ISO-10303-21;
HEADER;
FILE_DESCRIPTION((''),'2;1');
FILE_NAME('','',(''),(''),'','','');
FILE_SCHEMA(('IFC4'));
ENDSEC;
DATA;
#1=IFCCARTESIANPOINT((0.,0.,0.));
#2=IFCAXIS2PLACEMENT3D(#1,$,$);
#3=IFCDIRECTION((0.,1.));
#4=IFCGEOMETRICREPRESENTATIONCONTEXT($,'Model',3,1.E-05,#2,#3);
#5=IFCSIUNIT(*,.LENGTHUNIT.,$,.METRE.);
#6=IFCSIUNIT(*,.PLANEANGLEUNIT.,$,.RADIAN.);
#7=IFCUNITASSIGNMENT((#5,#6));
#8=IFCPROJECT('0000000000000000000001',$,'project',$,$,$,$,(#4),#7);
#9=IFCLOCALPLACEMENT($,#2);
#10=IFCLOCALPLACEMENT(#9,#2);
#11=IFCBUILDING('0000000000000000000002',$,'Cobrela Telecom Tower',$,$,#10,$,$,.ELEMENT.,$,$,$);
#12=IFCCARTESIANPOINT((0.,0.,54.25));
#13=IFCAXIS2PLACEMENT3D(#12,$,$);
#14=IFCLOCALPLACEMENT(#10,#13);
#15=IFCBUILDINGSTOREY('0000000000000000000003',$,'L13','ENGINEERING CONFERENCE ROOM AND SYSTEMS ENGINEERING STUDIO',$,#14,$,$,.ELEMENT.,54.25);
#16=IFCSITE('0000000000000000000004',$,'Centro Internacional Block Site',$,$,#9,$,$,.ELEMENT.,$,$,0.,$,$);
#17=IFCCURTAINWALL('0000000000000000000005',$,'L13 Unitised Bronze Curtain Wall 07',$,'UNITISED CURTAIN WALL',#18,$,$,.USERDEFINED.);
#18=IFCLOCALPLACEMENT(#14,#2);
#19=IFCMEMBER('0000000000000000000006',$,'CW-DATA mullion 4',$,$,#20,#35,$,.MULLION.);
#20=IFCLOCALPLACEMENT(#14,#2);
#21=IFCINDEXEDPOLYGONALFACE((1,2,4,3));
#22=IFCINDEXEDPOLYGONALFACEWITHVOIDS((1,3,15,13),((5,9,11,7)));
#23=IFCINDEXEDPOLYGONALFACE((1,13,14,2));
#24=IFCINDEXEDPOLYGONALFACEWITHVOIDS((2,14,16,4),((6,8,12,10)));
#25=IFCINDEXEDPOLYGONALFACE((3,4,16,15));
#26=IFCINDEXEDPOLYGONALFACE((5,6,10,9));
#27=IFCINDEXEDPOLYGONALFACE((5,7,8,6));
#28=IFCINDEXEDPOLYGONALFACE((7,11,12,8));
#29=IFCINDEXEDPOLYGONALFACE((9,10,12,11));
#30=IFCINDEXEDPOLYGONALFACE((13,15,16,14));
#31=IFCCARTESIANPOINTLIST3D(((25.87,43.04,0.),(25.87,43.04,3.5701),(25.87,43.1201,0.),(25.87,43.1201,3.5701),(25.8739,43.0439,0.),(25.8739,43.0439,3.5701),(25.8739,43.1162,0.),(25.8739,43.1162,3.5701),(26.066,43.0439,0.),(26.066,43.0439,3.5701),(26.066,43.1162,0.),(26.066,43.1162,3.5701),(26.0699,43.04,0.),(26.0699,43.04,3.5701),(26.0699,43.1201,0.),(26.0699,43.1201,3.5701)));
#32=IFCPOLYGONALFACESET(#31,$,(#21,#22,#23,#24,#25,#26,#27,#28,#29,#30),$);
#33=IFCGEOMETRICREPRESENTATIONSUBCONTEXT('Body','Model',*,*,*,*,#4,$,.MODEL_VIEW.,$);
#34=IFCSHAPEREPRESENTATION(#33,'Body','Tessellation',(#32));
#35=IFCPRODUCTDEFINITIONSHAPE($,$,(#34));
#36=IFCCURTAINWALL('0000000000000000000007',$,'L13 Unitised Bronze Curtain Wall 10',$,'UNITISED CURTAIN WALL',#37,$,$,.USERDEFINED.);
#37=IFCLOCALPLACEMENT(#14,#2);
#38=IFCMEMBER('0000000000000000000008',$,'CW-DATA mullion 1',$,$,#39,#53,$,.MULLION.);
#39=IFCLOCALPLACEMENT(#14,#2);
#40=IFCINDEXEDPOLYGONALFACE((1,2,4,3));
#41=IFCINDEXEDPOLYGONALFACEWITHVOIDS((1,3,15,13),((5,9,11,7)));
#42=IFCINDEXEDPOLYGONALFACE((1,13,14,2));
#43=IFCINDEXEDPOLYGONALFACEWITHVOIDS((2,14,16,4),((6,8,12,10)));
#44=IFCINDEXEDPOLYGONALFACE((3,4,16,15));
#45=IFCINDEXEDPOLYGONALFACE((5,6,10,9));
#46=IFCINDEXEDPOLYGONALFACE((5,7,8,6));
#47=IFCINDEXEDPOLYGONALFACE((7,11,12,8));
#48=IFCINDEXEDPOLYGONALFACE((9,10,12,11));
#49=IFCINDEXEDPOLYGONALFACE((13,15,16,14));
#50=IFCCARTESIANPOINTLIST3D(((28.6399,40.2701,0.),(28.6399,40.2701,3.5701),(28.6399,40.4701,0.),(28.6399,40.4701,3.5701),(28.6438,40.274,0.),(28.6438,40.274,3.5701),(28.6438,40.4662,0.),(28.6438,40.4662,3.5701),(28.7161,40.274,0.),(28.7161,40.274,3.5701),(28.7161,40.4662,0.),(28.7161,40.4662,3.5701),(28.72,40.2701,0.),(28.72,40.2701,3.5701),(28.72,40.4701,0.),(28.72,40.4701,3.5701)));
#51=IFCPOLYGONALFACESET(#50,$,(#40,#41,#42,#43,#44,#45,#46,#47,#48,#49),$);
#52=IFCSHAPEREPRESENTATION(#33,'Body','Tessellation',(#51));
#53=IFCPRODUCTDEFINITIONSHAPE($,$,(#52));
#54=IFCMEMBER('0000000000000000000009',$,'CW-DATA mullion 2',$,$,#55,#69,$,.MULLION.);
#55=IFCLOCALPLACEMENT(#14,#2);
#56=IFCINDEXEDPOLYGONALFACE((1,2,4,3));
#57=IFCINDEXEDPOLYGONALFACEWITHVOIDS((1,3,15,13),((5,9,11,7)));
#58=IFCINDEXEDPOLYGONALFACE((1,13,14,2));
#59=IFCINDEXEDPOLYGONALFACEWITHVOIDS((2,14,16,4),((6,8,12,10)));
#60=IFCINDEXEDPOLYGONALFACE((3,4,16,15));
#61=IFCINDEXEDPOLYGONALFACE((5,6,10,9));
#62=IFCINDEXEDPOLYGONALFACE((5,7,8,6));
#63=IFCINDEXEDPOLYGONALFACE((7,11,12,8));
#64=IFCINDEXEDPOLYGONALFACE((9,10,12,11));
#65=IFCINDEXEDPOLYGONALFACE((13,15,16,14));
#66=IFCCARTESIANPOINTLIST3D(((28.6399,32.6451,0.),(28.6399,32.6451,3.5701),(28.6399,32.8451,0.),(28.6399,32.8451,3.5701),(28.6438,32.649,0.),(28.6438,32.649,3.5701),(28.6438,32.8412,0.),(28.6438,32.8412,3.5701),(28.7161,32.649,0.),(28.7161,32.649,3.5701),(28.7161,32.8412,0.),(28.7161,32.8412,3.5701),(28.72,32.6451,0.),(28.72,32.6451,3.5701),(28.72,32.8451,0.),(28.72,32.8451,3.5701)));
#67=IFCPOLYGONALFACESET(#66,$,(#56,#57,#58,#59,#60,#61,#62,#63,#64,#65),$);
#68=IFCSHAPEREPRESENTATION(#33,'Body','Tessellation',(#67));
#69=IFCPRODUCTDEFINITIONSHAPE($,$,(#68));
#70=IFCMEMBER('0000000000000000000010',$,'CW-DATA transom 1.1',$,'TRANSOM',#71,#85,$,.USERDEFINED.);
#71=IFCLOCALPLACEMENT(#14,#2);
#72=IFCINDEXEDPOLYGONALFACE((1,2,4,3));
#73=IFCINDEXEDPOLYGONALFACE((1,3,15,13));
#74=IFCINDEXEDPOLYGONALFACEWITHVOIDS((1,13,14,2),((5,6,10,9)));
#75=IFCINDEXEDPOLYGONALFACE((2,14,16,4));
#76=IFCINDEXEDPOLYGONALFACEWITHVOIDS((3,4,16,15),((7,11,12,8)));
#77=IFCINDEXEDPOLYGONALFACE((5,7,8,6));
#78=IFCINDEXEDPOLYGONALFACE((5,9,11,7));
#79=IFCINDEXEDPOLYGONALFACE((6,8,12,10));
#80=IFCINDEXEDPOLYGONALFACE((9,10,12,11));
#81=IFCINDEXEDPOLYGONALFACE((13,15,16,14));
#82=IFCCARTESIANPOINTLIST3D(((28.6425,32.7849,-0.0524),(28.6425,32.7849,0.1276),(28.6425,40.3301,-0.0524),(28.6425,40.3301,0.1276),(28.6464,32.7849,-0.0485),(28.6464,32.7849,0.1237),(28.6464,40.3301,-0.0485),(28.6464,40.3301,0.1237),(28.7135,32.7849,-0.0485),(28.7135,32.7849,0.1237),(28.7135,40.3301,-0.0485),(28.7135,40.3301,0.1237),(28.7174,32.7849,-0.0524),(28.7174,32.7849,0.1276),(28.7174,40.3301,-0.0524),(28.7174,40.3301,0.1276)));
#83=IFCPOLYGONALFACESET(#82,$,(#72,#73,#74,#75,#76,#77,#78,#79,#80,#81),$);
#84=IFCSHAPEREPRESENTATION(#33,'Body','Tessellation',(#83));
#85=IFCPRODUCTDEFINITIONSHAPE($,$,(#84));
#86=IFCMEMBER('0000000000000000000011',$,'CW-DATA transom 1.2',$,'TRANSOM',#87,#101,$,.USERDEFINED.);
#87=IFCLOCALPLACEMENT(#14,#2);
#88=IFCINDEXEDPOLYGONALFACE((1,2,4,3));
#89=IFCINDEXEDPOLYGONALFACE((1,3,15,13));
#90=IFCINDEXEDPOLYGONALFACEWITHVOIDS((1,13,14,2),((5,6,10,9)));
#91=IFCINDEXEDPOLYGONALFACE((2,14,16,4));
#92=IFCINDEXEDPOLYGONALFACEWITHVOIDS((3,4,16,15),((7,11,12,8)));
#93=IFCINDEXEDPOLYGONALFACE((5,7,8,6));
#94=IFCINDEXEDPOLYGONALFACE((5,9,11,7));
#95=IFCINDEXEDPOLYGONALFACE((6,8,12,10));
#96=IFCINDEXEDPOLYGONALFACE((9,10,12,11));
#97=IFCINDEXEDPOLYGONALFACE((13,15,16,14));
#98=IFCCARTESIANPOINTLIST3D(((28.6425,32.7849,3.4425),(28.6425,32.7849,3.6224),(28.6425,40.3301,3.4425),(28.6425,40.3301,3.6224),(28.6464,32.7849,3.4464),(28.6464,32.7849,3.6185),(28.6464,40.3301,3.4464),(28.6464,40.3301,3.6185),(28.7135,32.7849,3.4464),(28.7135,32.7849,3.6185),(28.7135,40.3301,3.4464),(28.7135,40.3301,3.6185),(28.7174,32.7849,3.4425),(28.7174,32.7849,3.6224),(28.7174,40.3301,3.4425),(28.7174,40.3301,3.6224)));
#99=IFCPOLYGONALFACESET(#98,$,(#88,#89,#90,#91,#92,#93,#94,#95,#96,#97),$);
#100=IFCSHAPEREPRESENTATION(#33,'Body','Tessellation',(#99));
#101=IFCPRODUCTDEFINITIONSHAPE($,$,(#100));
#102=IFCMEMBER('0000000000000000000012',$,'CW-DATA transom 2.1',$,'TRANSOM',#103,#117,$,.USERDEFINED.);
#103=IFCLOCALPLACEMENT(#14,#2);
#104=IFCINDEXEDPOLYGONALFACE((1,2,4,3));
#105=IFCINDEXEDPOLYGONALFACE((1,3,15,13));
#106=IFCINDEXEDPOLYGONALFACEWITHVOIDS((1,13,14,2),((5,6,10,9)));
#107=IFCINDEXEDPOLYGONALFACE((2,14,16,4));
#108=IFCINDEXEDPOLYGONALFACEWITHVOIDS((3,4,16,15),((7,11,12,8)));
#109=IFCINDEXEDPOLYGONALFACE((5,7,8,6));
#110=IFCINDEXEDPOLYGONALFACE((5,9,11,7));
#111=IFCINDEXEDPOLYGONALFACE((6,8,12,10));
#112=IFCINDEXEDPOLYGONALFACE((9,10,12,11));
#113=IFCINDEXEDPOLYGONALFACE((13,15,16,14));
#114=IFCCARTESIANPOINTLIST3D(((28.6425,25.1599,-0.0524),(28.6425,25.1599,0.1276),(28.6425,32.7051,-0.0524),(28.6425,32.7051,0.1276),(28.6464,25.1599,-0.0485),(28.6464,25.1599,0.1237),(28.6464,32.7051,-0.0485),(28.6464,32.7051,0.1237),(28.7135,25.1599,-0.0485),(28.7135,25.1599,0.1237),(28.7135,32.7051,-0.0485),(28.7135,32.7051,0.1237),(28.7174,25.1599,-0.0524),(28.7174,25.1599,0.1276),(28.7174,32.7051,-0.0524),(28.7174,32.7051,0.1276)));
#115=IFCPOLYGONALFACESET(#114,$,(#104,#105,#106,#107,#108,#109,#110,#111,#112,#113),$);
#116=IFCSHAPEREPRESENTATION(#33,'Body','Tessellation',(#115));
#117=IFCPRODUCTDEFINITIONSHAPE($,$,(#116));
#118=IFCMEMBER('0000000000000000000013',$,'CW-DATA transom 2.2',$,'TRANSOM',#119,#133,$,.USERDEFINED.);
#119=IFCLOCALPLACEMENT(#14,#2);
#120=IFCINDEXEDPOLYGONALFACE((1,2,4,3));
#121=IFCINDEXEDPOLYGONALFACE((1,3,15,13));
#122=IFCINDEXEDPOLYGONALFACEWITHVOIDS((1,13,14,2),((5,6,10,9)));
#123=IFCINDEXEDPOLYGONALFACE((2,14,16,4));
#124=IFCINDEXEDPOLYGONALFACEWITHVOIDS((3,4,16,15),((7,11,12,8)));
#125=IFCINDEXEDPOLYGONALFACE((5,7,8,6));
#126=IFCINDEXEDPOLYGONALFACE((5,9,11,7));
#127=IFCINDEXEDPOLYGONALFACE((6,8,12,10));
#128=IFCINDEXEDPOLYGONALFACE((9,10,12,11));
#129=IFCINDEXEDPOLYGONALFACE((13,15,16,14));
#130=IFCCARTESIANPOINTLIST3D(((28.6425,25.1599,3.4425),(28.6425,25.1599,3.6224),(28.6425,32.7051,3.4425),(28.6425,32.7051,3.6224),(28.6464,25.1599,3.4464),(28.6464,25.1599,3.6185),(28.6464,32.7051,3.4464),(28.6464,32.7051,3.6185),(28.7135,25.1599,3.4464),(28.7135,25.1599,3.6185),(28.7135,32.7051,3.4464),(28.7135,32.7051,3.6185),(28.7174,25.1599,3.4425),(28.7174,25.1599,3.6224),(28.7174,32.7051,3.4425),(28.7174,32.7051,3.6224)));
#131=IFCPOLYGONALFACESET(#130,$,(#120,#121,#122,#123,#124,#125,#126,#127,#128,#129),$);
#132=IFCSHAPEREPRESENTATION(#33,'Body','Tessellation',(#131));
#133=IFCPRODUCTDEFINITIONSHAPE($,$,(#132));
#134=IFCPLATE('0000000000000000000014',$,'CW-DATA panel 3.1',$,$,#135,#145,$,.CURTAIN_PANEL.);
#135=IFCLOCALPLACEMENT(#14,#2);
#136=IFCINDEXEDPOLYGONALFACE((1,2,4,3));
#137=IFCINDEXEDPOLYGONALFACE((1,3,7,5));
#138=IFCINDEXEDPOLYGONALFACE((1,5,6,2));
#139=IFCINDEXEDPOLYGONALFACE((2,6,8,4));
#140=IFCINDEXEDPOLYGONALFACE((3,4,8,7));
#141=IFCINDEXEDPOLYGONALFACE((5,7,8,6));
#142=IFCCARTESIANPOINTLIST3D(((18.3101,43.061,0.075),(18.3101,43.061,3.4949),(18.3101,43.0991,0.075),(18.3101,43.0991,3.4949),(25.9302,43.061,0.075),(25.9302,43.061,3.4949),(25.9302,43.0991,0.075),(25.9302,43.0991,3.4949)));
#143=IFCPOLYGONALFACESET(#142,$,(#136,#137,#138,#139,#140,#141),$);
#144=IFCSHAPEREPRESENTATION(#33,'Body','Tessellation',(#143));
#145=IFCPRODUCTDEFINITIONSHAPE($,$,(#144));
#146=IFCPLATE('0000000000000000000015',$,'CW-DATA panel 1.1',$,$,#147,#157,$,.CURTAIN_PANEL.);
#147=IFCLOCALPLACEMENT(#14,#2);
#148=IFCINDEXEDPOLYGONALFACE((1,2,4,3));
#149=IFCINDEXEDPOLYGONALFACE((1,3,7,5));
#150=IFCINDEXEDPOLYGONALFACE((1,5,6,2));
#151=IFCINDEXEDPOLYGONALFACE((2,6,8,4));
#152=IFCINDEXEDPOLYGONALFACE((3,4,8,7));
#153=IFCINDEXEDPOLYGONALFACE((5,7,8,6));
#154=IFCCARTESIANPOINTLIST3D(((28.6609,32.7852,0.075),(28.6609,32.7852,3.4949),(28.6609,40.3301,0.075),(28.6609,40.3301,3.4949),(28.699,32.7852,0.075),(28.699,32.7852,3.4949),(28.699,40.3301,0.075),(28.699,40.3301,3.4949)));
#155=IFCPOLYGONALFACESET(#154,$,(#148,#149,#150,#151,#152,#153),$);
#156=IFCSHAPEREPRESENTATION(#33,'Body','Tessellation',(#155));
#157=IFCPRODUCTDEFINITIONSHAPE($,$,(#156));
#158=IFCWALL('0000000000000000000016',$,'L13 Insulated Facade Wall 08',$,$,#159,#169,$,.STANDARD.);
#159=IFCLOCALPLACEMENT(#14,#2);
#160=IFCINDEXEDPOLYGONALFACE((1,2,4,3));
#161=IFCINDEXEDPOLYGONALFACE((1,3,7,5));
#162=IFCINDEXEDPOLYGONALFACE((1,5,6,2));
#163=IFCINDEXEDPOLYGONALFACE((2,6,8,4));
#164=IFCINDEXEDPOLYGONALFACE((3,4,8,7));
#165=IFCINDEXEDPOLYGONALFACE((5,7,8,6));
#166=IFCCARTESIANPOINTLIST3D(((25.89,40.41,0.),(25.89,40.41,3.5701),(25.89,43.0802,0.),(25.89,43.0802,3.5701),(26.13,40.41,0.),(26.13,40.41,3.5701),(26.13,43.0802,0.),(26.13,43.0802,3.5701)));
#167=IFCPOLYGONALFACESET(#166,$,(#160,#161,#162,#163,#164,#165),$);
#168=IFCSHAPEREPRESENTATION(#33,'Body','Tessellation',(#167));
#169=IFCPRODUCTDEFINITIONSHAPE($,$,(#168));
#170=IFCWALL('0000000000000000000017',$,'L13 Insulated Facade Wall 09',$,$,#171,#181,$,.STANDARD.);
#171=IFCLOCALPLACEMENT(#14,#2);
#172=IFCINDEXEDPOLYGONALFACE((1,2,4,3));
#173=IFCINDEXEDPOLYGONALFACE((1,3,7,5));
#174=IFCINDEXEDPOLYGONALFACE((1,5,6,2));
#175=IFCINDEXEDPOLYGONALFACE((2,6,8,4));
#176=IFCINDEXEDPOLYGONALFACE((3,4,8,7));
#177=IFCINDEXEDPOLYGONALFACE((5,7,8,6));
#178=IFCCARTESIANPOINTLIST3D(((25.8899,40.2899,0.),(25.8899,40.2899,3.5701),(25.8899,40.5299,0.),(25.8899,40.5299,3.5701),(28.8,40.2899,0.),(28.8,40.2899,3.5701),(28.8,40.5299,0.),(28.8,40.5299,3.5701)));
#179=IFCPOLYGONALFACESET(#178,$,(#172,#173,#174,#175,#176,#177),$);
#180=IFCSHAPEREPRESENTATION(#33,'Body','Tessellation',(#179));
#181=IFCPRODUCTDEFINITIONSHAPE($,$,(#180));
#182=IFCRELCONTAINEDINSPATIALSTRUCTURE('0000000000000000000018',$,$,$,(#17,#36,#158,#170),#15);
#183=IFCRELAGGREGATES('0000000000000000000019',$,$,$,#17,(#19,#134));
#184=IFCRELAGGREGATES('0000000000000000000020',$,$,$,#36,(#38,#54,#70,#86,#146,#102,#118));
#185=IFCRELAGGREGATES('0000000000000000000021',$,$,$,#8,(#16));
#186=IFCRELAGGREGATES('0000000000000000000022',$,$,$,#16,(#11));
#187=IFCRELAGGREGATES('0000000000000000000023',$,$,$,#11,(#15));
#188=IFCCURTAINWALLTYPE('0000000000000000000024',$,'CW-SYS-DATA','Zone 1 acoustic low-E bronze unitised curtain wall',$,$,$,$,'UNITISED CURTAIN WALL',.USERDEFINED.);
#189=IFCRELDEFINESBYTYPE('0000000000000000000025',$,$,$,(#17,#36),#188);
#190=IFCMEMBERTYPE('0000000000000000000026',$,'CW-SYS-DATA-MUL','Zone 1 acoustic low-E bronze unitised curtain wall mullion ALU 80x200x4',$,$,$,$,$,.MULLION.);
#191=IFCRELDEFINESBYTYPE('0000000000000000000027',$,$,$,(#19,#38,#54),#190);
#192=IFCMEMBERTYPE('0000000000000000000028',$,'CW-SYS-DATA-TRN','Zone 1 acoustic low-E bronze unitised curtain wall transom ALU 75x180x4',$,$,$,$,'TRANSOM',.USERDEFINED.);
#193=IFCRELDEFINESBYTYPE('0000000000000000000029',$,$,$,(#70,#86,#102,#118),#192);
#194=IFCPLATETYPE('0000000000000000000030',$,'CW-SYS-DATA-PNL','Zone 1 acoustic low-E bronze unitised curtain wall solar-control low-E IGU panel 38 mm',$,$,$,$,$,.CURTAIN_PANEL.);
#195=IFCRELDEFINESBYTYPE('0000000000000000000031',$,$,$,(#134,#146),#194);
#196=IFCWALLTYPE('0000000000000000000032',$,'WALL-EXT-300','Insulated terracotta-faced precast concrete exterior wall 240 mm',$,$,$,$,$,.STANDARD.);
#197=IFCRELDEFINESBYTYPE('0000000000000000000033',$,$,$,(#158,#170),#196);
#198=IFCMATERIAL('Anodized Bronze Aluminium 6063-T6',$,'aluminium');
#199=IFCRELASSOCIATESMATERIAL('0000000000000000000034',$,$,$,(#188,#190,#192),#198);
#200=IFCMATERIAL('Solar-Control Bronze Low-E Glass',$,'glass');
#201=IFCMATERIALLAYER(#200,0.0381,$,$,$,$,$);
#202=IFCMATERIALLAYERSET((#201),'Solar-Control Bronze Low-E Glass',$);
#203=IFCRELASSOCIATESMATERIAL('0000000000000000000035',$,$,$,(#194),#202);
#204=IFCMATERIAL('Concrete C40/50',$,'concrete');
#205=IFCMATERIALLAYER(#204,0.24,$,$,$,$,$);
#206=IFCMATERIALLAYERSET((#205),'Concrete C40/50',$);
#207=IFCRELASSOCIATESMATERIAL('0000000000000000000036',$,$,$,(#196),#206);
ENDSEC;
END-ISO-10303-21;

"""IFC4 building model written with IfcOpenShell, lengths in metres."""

from ifc_helpers import new_model, si_unit, direction, frame, frame_2d, origin, origin_2d, place, context, subcontext, project, spatial, rectangle, hollow_rectangle, extrude, material, layer, layer_set, material_profile, profile_set, type_object, element, aggregate, save


model = new_model("IFC4")

# Units and contexts
model_context = context("Model", 3, precision=1e-05, world=origin(), true_north=direction((0.0, 1.0)))
body_context = subcontext(model_context, "Body", "Model", "MODEL_VIEW")
ifc_project = project(units=[si_unit("LENGTHUNIT", "METRE"), si_unit("PLANEANGLEUNIT", "RADIAN")], contexts=[model_context])

# Site, building, storey
site_placement = place(None, origin())
site = spatial("IfcSite", under=ifc_project, at=site_placement, Name="Centro Internacional Block Site", CompositionType="ELEMENT", RefElevation=0.0)
building_placement = place(site_placement, origin())
building = spatial("IfcBuilding", under=site, at=building_placement, Name="Cobrela Telecom Tower", CompositionType="ELEMENT")
storey_placement = place(building_placement, frame((0.0, 0.0, 54.25)))
storey = spatial("IfcBuildingStorey", under=building, at=storey_placement, Name="L13", Description="ENGINEERING CONFERENCE ROOM AND SYSTEMS ENGINEERING STUDIO", CompositionType="ELEMENT", Elevation=54.25)

# Curtain wall, member
ifc_material_1 = material(Name="Anodized Bronze Aluminium 6063-T6", Category="aluminium")
curtain_wall_type = type_object("IfcCurtainWallType", Name="CW-SYS-DATA", Description="Zone 1 acoustic low-E bronze unitised curtain wall", ElementType="UNITISED CURTAIN WALL", PredefinedType="USERDEFINED", material=ifc_material_1)
curtain_wall_1_placement = place(storey_placement, origin())
curtain_wall_1 = element("IfcCurtainWall", 1, at=curtain_wall_1_placement, inside=storey, type_object=curtain_wall_type, Name="L13 Unitised Bronze Curtain Wall 07", ObjectType="UNITISED CURTAIN WALL", PredefinedType="USERDEFINED")
ifc_material_profile_1 = material_profile(ifc_material_1, hollow_rectangle(XDim=0.0801, YDim=0.2, WallThickness=0.0039, at=origin_2d()), Name="ALU 80x200x4")
ifc_profile_set_1 = profile_set([ifc_material_profile_1], Name="Anodized Bronze Aluminium 6063-T6")
member_type_1 = type_object("IfcMemberType", Name="CW-SYS-DATA-MUL", Description="Zone 1 acoustic low-E bronze unitised curtain wall mullion ALU 80x200x4", PredefinedType="MULLION", material=ifc_profile_set_1)
member_1_placement = place(storey_placement, frame((25.97, 43.0801, 0.0), z_axis=(0.0, 0.0, 1.0), x_axis=(0.0, 1.0, 0.0)))
member_1 = element("IfcMember", 2, at=member_1_placement, type_object=member_type_1, Name="CW-DATA mullion 4", PredefinedType="MULLION", context=body_context, shape_type="SweptSolid", body=[
    extrude(hollow_rectangle(XDim=0.0801, YDim=0.2, WallThickness=0.0039, at=origin_2d()), origin(), (0.0, 0.0, 1.0), 3.5701),
])

# Curtain wall, members
curtain_wall_2_placement = place(storey_placement, origin())
curtain_wall_2 = element("IfcCurtainWall", 3, at=curtain_wall_2_placement, inside=storey, type_object=curtain_wall_type, Name="L13 Unitised Bronze Curtain Wall 10", ObjectType="UNITISED CURTAIN WALL", PredefinedType="USERDEFINED")
member_2_placement = place(storey_placement, frame((28.6799, 40.3701, 0.0), z_axis=(0.0, 0.0, 1.0), x_axis=(1.0, 0.0, 0.0)))
member_2 = element("IfcMember", 4, at=member_2_placement, type_object=member_type_1, Name="CW-DATA mullion 1", PredefinedType="MULLION", context=body_context, shape_type="SweptSolid", body=[
    extrude(hollow_rectangle(XDim=0.0801, YDim=0.2, WallThickness=0.0039, at=origin_2d()), origin(), (0.0, 0.0, 1.0), 3.5701),
])
member_3_placement = place(storey_placement, frame((28.6799, 32.7451, 0.0), z_axis=(0.0, 0.0, 1.0), x_axis=(1.0, 0.0, 0.0)))
member_3 = element("IfcMember", 5, at=member_3_placement, type_object=member_type_1, Name="CW-DATA mullion 2", PredefinedType="MULLION", context=body_context, shape_type="SweptSolid", body=[
    extrude(hollow_rectangle(XDim=0.0801, YDim=0.2, WallThickness=0.0039, at=origin_2d()), origin(), (0.0, 0.0, 1.0), 3.5701),
])
ifc_material_profile_2 = material_profile(ifc_material_1, hollow_rectangle(XDim=0.075, YDim=0.1799, WallThickness=0.0039, at=origin_2d()), Name="ALU 75x180x4")
ifc_profile_set_2 = profile_set([ifc_material_profile_2], Name="Anodized Bronze Aluminium 6063-T6")
member_type_2 = type_object("IfcMemberType", Name="CW-SYS-DATA-TRN", Description="Zone 1 acoustic low-E bronze unitised curtain wall transom ALU 75x180x4", ElementType="TRANSOM", PredefinedType="USERDEFINED", material=ifc_profile_set_2)
member_4_placement = place(storey_placement, frame((28.6799, 40.3301, 0.0376), z_axis=(0.0, -1.0, 0.0), x_axis=(1.0, 0.0, 0.0)))
member_4 = element("IfcMember", 6, at=member_4_placement, type_object=member_type_2, Name="CW-DATA transom 1.1", ObjectType="TRANSOM", PredefinedType="USERDEFINED", context=body_context, shape_type="SweptSolid", body=[
    extrude(hollow_rectangle(XDim=0.075, YDim=0.1799, WallThickness=0.0039, at=origin_2d()), origin(), (0.0, 0.0, 1.0), 7.5452),
])
member_5_placement = place(storey_placement, frame((28.6799, 40.3301, 3.5325), z_axis=(0.0, -1.0, 0.0), x_axis=(1.0, 0.0, 0.0)))
member_5 = element("IfcMember", 7, at=member_5_placement, type_object=member_type_2, Name="CW-DATA transom 1.2", ObjectType="TRANSOM", PredefinedType="USERDEFINED", context=body_context, shape_type="SweptSolid", body=[
    extrude(hollow_rectangle(XDim=0.075, YDim=0.1799, WallThickness=0.0039, at=origin_2d()), origin(), (0.0, 0.0, 1.0), 7.5452),
])
member_6_placement = place(storey_placement, frame((28.6799, 32.7051, 0.0376), z_axis=(0.0, -1.0, 0.0), x_axis=(1.0, 0.0, 0.0)))
member_6 = element("IfcMember", 8, at=member_6_placement, type_object=member_type_2, Name="CW-DATA transom 2.1", ObjectType="TRANSOM", PredefinedType="USERDEFINED", context=body_context, shape_type="SweptSolid", body=[
    extrude(hollow_rectangle(XDim=0.075, YDim=0.1799, WallThickness=0.0039, at=origin_2d()), origin(), (0.0, 0.0, 1.0), 7.5452),
])
member_7_placement = place(storey_placement, frame((28.6799, 32.7051, 3.5325), z_axis=(0.0, -1.0, 0.0), x_axis=(1.0, 0.0, 0.0)))
member_7 = element("IfcMember", 9, at=member_7_placement, type_object=member_type_2, Name="CW-DATA transom 2.2", ObjectType="TRANSOM", PredefinedType="USERDEFINED", context=body_context, shape_type="SweptSolid", body=[
    extrude(hollow_rectangle(XDim=0.075, YDim=0.1799, WallThickness=0.0039, at=origin_2d()), origin(), (0.0, 0.0, 1.0), 7.5452),
])

# Plates
ifc_material_2 = material(Name="Solar-Control Bronze Low-E Glass", Category="glass")
ifc_layer_1 = layer(ifc_material_2, 0.0381)
ifc_layer_set_1 = layer_set([ifc_layer_1], Name="Solar-Control Bronze Low-E Glass")
plate_type = type_object("IfcPlateType", Name="CW-SYS-DATA-PNL", Description="Zone 1 acoustic low-E bronze unitised curtain wall solar-control low-E IGU panel 38 mm", PredefinedType="CURTAIN_PANEL", material=ifc_layer_set_1)
plate_1_placement = place(storey_placement, frame((22.1201, 43.0801, 0.075), z_axis=(0.0, 0.0, 1.0), x_axis=(1.0, 0.0, 0.0)))
plate_1 = element("IfcPlate", 10, at=plate_1_placement, type_object=plate_type, Name="CW-DATA panel 3.1", PredefinedType="CURTAIN_PANEL", context=body_context, shape_type="SweptSolid", body=[
    extrude(rectangle(XDim=7.6201, YDim=0.0381, at=origin_2d()), origin(), (0.0, 0.0, 1.0), 3.4199),
])
aggregate(curtain_wall_1, [member_1, plate_1])
plate_2_placement = place(storey_placement, frame((28.6799, 36.5576, 0.075), z_axis=(0.0, 0.0, 1.0), x_axis=(0.0, -1.0, 0.0)))
plate_2 = element("IfcPlate", 11, at=plate_2_placement, type_object=plate_type, Name="CW-DATA panel 1.1", PredefinedType="CURTAIN_PANEL", context=body_context, shape_type="SweptSolid", body=[
    extrude(rectangle(XDim=7.5449, YDim=0.0381, at=origin_2d()), origin(), (0.0, 0.0, 1.0), 3.4199),
])
aggregate(curtain_wall_2, [member_2, member_3, member_4, member_5, plate_2, member_6, member_7])

# Walls
ifc_material_3 = material(Name="Concrete C40/50", Category="concrete")
ifc_layer_2 = layer(ifc_material_3, 0.24)
ifc_layer_set_2 = layer_set([ifc_layer_2], Name="Concrete C40/50")
wall_type = type_object("IfcWallType", Name="WALL-EXT-300", Description="Insulated terracotta-faced precast concrete exterior wall 240 mm", PredefinedType="STANDARD", material=ifc_layer_set_2)
wall_1_placement = place(storey_placement, frame((26.01, 43.0801, 0.0), z_axis=(0.0, 0.0, 1.0), x_axis=(0.0, -1.0, 0.0)))
element("IfcWall", 12, at=wall_1_placement, inside=storey, type_object=wall_type, Name="L13 Insulated Facade Wall 08", PredefinedType="STANDARD", context=body_context, shape_type="SweptSolid", body=[
    extrude(rectangle(XDim=2.6702, YDim=0.24, at=frame_2d((1.335, 0.0))), origin(), (0.0, 0.0, 1.0), 3.5701),
])
wall_2_placement = place(storey_placement, frame((25.8899, 40.4099, 0.0), z_axis=(0.0, 0.0, 1.0), x_axis=(1.0, 0.0, 0.0)))
element("IfcWall", 13, at=wall_2_placement, inside=storey, type_object=wall_type, Name="L13 Insulated Facade Wall 09", PredefinedType="STANDARD", context=body_context, shape_type="SweptSolid", body=[
    extrude(rectangle(XDim=2.9102, YDim=0.24, at=frame_2d((1.4551, 0.0))), origin(), (0.0, 0.0, 1.0), 3.5701),
])

save(model, "model.ifc")
